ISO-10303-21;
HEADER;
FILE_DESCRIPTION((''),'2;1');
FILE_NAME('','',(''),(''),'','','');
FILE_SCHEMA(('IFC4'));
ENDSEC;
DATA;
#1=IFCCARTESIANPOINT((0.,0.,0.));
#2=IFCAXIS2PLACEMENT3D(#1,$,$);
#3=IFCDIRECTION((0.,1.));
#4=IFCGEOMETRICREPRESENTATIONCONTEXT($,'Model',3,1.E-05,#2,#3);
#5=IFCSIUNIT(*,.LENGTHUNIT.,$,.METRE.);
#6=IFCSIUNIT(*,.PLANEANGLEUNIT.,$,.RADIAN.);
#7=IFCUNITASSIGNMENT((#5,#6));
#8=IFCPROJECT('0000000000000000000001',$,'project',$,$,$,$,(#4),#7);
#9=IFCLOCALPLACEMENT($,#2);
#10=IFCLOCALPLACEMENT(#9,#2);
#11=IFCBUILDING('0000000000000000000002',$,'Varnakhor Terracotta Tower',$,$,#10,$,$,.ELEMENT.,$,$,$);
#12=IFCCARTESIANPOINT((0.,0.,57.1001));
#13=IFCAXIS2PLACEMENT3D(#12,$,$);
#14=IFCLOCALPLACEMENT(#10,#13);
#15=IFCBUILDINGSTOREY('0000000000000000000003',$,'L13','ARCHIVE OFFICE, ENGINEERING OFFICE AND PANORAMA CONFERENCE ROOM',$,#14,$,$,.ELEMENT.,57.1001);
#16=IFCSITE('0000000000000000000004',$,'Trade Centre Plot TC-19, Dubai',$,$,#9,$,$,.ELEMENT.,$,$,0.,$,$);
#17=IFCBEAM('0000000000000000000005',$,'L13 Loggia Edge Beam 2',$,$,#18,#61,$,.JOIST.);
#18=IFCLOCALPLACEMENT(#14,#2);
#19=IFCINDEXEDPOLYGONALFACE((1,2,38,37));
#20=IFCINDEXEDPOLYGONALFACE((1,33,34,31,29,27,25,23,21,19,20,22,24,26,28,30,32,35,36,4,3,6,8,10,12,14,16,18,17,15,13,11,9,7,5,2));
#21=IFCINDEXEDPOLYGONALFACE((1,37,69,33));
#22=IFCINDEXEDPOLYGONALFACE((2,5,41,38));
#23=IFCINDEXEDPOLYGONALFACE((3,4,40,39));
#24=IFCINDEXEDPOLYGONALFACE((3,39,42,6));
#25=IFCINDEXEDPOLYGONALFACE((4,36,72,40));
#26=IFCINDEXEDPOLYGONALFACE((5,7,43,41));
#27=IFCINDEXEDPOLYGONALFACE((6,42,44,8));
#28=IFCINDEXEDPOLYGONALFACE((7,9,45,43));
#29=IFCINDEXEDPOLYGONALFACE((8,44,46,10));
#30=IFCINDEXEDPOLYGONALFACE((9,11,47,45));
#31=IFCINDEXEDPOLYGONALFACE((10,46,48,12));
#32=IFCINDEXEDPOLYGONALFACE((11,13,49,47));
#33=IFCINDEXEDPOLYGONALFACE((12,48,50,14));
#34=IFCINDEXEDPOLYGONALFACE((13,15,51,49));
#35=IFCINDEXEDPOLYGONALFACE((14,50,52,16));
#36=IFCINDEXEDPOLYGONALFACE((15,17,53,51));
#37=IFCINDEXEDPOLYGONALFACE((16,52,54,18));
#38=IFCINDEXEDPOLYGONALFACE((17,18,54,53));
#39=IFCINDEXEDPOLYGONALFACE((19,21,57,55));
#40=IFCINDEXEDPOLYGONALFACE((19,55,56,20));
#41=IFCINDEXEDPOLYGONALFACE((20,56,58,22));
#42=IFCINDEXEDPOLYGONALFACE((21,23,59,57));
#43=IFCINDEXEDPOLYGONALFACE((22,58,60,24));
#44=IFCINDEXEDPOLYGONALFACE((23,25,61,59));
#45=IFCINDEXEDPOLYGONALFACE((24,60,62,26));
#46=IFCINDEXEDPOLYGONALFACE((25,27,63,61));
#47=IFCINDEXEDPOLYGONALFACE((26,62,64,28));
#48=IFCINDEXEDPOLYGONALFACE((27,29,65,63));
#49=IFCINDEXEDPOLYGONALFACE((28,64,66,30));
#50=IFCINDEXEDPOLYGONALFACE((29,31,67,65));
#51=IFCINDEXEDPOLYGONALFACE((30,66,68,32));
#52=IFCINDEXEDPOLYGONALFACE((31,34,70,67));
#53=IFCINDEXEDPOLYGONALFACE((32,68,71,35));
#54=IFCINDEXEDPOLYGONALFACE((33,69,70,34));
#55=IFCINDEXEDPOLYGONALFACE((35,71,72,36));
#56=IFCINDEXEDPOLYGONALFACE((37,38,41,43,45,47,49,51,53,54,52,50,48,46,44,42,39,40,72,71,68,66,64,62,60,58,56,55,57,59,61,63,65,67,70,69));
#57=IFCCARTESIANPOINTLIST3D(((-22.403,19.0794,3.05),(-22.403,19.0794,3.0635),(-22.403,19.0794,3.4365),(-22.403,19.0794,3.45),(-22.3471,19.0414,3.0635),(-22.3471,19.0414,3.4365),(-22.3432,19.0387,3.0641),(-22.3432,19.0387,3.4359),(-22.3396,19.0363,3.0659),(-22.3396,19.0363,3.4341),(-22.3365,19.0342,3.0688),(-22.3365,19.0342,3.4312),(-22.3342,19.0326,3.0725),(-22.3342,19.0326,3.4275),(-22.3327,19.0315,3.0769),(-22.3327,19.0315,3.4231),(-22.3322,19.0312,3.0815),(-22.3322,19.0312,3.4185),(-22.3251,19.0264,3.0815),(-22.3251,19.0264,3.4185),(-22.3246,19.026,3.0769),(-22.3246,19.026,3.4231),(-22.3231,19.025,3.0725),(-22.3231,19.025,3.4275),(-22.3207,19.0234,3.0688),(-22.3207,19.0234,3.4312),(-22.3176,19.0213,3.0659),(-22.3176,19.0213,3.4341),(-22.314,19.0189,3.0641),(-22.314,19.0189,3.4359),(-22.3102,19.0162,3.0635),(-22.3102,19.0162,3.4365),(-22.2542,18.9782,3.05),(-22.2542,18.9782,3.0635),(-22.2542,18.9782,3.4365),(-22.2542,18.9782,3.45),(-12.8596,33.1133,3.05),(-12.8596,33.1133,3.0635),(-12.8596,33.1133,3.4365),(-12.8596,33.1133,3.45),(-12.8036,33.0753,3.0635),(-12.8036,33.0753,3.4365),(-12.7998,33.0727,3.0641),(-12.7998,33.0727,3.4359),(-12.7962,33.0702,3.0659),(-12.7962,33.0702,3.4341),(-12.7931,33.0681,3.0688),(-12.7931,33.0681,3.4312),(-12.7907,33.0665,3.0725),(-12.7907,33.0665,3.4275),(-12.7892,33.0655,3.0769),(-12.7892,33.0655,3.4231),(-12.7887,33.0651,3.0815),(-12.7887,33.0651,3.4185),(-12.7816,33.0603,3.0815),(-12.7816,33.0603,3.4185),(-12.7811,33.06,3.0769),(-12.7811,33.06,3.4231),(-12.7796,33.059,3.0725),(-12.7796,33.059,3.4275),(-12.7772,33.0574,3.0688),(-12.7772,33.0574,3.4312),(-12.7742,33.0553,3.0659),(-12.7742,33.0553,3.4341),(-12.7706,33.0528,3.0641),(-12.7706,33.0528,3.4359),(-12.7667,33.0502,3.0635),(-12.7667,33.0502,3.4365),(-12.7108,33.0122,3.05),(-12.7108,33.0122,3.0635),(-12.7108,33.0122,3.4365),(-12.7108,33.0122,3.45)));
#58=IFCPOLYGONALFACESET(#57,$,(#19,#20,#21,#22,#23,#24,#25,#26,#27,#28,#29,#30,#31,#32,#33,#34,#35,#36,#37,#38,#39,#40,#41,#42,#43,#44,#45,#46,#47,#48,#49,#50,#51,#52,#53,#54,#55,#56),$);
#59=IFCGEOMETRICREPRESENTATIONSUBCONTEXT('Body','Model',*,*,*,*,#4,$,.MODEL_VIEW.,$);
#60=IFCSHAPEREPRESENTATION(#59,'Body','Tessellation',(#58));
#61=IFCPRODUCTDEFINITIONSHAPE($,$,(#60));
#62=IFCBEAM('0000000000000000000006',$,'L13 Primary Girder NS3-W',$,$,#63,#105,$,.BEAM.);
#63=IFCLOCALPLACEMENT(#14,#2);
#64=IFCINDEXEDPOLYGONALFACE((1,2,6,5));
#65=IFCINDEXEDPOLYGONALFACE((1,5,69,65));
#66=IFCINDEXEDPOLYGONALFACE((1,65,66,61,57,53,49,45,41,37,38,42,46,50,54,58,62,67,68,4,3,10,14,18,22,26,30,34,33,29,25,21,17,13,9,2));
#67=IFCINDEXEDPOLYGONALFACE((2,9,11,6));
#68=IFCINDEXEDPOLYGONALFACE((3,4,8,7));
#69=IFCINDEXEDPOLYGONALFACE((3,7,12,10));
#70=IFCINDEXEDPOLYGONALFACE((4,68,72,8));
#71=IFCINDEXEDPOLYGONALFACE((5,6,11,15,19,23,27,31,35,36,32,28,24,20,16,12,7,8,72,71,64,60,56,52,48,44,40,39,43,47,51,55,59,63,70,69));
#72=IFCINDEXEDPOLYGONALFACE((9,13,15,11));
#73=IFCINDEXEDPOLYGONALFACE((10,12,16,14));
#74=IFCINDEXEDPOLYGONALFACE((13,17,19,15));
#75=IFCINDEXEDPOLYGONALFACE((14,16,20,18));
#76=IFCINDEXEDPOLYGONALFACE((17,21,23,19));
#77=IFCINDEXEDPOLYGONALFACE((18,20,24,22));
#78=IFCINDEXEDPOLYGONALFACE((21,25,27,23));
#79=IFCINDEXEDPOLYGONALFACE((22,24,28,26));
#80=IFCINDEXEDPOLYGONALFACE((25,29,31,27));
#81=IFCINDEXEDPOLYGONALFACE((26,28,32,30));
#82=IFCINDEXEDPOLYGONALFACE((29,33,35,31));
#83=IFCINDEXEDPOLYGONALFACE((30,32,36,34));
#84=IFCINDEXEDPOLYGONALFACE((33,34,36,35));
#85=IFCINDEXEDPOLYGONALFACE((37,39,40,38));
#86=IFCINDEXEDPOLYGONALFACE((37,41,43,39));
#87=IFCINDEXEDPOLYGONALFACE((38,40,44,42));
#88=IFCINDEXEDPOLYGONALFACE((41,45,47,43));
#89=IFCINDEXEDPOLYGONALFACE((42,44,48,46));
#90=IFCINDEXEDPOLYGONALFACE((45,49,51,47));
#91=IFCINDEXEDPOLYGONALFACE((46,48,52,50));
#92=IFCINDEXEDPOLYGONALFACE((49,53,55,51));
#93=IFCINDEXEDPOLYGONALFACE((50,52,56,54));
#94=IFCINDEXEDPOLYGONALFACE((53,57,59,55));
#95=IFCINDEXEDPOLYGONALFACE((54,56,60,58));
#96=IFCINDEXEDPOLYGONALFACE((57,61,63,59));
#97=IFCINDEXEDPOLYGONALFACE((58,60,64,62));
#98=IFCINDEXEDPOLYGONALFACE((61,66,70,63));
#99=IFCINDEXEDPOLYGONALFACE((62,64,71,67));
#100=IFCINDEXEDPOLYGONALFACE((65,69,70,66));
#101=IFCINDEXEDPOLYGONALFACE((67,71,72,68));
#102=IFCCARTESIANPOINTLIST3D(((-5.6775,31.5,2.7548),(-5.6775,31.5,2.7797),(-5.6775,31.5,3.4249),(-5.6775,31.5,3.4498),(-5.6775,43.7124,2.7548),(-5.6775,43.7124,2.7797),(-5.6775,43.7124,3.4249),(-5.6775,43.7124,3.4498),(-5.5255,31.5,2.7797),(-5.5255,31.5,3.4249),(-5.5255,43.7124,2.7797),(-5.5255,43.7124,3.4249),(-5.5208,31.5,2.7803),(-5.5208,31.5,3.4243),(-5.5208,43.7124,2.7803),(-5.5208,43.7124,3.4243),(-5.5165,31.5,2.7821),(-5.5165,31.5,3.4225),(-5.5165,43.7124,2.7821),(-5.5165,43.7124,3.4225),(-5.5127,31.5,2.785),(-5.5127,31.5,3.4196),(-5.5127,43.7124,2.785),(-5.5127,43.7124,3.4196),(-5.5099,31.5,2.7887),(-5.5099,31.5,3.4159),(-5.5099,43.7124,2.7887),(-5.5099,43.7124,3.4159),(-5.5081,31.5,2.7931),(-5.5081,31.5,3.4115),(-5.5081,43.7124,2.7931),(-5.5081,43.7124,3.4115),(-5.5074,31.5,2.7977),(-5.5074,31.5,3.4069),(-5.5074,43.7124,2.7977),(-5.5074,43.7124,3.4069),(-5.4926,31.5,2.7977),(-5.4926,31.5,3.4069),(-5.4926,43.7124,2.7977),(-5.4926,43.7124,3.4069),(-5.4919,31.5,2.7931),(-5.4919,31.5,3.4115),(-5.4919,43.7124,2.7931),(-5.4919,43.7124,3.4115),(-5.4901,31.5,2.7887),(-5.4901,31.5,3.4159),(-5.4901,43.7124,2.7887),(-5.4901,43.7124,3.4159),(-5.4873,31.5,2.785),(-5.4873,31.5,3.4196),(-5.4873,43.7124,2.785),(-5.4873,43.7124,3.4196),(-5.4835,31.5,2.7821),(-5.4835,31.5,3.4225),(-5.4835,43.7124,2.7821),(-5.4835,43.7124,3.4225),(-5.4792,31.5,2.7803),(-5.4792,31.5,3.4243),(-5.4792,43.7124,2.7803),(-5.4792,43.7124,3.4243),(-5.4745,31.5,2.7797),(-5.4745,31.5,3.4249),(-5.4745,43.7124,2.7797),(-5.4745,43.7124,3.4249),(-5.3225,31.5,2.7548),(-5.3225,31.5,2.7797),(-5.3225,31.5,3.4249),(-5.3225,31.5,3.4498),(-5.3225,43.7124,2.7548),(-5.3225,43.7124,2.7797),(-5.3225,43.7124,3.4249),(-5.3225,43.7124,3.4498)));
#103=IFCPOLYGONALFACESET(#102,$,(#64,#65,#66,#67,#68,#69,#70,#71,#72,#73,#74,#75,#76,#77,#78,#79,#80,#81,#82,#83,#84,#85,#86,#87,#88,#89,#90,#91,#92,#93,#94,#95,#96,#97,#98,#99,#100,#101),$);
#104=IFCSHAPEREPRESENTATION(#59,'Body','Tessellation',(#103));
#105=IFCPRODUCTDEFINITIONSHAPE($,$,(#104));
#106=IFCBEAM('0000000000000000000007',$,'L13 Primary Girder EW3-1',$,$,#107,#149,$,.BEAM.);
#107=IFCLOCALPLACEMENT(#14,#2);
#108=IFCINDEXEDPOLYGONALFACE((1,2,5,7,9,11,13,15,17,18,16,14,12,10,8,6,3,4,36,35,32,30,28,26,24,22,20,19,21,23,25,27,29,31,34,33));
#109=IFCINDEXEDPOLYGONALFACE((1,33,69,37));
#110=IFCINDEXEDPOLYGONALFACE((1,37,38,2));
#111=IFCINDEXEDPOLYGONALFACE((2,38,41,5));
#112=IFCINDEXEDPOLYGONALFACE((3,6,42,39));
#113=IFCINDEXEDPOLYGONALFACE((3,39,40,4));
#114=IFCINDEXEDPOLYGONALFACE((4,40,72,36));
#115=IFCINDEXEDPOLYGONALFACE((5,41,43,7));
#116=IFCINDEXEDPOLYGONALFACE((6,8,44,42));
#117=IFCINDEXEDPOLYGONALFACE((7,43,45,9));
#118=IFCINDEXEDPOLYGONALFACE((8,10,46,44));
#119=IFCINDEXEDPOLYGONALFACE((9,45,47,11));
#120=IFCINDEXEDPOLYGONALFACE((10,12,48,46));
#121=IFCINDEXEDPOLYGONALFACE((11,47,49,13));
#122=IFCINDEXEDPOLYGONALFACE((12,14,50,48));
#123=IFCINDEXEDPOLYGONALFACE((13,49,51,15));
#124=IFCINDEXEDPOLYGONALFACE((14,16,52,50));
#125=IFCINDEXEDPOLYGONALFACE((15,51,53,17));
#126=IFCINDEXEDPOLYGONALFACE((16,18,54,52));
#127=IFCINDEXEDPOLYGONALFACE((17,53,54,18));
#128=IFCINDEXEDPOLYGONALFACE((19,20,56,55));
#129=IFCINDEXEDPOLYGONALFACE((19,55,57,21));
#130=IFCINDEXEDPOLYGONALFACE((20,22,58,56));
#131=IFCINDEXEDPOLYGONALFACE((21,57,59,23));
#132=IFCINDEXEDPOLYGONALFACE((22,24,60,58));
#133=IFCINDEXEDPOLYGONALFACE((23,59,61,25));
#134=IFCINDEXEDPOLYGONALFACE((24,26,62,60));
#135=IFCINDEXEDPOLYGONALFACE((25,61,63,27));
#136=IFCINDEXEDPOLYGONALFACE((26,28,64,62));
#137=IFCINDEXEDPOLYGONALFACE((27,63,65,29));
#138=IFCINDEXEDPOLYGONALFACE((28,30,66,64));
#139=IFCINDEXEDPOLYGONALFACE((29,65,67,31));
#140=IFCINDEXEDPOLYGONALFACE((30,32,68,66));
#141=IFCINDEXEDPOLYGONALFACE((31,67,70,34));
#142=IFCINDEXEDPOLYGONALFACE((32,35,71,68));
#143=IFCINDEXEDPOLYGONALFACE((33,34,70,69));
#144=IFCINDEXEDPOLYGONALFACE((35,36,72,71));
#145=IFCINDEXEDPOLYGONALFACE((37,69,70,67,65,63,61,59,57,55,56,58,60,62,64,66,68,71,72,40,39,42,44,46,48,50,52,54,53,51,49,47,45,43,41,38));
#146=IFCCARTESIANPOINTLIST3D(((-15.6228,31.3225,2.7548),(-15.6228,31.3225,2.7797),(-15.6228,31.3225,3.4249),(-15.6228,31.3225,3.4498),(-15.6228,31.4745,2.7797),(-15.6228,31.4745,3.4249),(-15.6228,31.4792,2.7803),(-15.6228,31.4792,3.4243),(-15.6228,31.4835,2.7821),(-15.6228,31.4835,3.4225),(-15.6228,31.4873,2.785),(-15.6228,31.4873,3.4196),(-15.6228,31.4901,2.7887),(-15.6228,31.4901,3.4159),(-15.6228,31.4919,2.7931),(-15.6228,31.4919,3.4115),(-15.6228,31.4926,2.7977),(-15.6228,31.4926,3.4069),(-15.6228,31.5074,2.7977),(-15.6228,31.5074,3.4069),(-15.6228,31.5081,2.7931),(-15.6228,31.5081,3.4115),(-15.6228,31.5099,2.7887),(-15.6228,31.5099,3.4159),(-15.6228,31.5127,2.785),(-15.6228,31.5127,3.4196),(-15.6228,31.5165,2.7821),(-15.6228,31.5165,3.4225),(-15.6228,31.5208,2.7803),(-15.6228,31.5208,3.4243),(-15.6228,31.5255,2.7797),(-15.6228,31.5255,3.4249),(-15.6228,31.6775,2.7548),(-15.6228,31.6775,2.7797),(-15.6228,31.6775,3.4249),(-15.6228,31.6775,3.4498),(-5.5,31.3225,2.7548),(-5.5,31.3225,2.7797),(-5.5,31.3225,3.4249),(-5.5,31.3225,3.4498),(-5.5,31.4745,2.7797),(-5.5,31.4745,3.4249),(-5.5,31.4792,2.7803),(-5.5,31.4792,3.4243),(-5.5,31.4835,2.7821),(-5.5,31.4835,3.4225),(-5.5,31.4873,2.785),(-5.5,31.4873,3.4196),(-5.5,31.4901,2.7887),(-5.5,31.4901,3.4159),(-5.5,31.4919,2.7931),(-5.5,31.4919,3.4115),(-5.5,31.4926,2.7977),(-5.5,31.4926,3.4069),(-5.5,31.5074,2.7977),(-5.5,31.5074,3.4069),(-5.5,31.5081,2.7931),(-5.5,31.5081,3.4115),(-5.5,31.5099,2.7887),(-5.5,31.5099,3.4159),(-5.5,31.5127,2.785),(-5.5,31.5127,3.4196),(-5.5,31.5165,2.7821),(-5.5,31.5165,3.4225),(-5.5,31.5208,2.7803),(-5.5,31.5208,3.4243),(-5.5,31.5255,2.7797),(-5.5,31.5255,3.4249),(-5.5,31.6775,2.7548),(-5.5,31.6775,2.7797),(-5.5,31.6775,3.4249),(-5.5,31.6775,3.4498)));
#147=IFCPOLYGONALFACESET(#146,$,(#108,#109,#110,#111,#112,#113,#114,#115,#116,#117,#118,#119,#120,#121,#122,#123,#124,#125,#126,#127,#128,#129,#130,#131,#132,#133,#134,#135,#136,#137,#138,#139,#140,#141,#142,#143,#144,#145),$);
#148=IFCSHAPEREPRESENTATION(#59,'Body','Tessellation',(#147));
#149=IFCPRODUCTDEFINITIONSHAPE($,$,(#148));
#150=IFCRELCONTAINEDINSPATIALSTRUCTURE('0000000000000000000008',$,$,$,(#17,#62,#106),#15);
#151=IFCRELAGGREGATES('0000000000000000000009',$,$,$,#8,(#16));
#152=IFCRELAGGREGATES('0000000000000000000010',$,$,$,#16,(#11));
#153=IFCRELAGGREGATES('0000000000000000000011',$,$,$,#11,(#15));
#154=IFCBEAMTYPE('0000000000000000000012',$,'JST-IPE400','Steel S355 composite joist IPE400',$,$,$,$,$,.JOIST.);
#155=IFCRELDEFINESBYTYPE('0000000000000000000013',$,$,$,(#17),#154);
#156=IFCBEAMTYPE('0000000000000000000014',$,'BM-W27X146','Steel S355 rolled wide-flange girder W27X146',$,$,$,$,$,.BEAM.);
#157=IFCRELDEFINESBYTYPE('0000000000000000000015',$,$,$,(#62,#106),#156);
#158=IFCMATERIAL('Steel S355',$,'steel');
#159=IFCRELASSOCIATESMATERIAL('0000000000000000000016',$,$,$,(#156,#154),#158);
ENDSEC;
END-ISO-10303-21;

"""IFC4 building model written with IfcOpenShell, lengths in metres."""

from ifc_helpers import new_model, si_unit, direction, frame, origin, origin_2d, place, context, subcontext, project, spatial, i_section, extrude, source, transform, mapped, material, material_profile, profile_set, type_object, element, save


model = new_model("IFC4")

# Units and contexts
model_context = context("Model", 3, precision=1e-05, world=origin(), true_north=direction((0.0, 1.0)))
body_context = subcontext(model_context, "Body", "Model", "MODEL_VIEW")
ifc_project = project(units=[si_unit("LENGTHUNIT", "METRE"), si_unit("PLANEANGLEUNIT", "RADIAN")], contexts=[model_context])

# Site, building, storey
site_placement = place(None, origin())
site = spatial("IfcSite", under=ifc_project, at=site_placement, Name="Trade Centre Plot TC-19, Dubai", CompositionType="ELEMENT", RefElevation=0.0)
building_placement = place(site_placement, origin())
building = spatial("IfcBuilding", under=site, at=building_placement, Name="Varnakhor Terracotta Tower", CompositionType="ELEMENT")
storey_placement = place(building_placement, frame((0.0, 0.0, 57.1001)))
storey = spatial("IfcBuildingStorey", under=building, at=storey_placement, Name="L13", Description="ARCHIVE OFFICE, ENGINEERING OFFICE AND PANORAMA CONFERENCE ROOM", CompositionType="ELEMENT", Elevation=57.1001)

# Beams
ifc_material_1 = material(Name="Steel S355", Category="steel")
ifc_material_profile_1 = material_profile(ifc_material_1, i_section(OverallWidth=0.355, OverallDepth=0.6951, WebThickness=0.0149, FlangeThickness=0.0249, FilletRadius=0.0181, at=origin_2d()), Name="W27X146")
ifc_profile_set_1 = profile_set([ifc_material_profile_1], Name="Steel S355")
beam_type_1 = type_object("IfcBeamType", Name="BM-W27X146", Description="Steel S355 rolled wide-flange girder W27X146", PredefinedType="BEAM", material=ifc_profile_set_1)
ifc_material_profile_2 = material_profile(ifc_material_1, i_section(OverallWidth=0.1799, OverallDepth=0.3999, WebThickness=0.0085, FlangeThickness=0.0134, FilletRadius=0.0181, at=origin_2d()), Name="IPE400")
ifc_profile_set_2 = profile_set([ifc_material_profile_2], Name="Steel S355")
beam_type_2 = type_object("IfcBeamType", Name="JST-IPE400", Description="Steel S355 composite joist IPE400", PredefinedType="JOIST", material=ifc_profile_set_2)
shared_shape_1 = source(origin(), body_context, "Body", "SweptSolid", [
    extrude(i_section(OverallWidth=0.1799, OverallDepth=0.3999, WebThickness=0.0085, FlangeThickness=0.0134, FilletRadius=0.0181, at=origin_2d()), origin(), (0.0, 0.0, 1.0), 16.9714),
])
beam_1_placement = place(storey_placement, frame((-12.7852, 33.0627, 3.25), z_axis=(-0.562325, -0.826916, 0.0), x_axis=(0.826916, -0.562325, 0.0)))
element("IfcBeam", 1, at=beam_1_placement, inside=storey, type_object=beam_type_2, Name="L13 Loggia Edge Beam 2", PredefinedType="JOIST", context=body_context, shape_type="MappedRepresentation", body=[
    mapped(shared_shape_1, transform((0.0, 0.0, 0.0), scale=1.0)),
])
shared_shape_2 = source(origin(), body_context, "Body", "SweptSolid", [
    extrude(i_section(OverallWidth=0.355, OverallDepth=0.6951, WebThickness=0.0149, FlangeThickness=0.0249, FilletRadius=0.0181, at=origin_2d()), origin(), (0.0, 0.0, 1.0), 12.2124),
])
beam_2_placement = place(storey_placement, frame((-5.5, 31.5, 3.1023), z_axis=(0.0, 1.0, 0.0), x_axis=(-1.0, 0.0, 0.0)))
element("IfcBeam", 2, at=beam_2_placement, inside=storey, type_object=beam_type_1, Name="L13 Primary Girder NS3-W", PredefinedType="BEAM", context=body_context, shape_type="MappedRepresentation", body=[
    mapped(shared_shape_2, transform((0.0, 0.0, 0.0), scale=1.0)),
])
shared_shape_3 = source(origin(), body_context, "Body", "SweptSolid", [
    extrude(i_section(OverallWidth=0.355, OverallDepth=0.6951, WebThickness=0.0149, FlangeThickness=0.0249, FilletRadius=0.0181, at=origin_2d()), origin(), (0.0, 0.0, 1.0), 10.1228),
])
beam_3_placement = place(storey_placement, frame((-15.6228, 31.5, 3.1023), z_axis=(1.0, 0.0, 0.0), x_axis=(0.0, 1.0, 0.0)))
element("IfcBeam", 3, at=beam_3_placement, inside=storey, type_object=beam_type_1, Name="L13 Primary Girder EW3-1", PredefinedType="BEAM", context=body_context, shape_type="MappedRepresentation", body=[
    mapped(shared_shape_3, transform((0.0, 0.0, 0.0), scale=1.0)),
])

save(model, "model.ifc")
